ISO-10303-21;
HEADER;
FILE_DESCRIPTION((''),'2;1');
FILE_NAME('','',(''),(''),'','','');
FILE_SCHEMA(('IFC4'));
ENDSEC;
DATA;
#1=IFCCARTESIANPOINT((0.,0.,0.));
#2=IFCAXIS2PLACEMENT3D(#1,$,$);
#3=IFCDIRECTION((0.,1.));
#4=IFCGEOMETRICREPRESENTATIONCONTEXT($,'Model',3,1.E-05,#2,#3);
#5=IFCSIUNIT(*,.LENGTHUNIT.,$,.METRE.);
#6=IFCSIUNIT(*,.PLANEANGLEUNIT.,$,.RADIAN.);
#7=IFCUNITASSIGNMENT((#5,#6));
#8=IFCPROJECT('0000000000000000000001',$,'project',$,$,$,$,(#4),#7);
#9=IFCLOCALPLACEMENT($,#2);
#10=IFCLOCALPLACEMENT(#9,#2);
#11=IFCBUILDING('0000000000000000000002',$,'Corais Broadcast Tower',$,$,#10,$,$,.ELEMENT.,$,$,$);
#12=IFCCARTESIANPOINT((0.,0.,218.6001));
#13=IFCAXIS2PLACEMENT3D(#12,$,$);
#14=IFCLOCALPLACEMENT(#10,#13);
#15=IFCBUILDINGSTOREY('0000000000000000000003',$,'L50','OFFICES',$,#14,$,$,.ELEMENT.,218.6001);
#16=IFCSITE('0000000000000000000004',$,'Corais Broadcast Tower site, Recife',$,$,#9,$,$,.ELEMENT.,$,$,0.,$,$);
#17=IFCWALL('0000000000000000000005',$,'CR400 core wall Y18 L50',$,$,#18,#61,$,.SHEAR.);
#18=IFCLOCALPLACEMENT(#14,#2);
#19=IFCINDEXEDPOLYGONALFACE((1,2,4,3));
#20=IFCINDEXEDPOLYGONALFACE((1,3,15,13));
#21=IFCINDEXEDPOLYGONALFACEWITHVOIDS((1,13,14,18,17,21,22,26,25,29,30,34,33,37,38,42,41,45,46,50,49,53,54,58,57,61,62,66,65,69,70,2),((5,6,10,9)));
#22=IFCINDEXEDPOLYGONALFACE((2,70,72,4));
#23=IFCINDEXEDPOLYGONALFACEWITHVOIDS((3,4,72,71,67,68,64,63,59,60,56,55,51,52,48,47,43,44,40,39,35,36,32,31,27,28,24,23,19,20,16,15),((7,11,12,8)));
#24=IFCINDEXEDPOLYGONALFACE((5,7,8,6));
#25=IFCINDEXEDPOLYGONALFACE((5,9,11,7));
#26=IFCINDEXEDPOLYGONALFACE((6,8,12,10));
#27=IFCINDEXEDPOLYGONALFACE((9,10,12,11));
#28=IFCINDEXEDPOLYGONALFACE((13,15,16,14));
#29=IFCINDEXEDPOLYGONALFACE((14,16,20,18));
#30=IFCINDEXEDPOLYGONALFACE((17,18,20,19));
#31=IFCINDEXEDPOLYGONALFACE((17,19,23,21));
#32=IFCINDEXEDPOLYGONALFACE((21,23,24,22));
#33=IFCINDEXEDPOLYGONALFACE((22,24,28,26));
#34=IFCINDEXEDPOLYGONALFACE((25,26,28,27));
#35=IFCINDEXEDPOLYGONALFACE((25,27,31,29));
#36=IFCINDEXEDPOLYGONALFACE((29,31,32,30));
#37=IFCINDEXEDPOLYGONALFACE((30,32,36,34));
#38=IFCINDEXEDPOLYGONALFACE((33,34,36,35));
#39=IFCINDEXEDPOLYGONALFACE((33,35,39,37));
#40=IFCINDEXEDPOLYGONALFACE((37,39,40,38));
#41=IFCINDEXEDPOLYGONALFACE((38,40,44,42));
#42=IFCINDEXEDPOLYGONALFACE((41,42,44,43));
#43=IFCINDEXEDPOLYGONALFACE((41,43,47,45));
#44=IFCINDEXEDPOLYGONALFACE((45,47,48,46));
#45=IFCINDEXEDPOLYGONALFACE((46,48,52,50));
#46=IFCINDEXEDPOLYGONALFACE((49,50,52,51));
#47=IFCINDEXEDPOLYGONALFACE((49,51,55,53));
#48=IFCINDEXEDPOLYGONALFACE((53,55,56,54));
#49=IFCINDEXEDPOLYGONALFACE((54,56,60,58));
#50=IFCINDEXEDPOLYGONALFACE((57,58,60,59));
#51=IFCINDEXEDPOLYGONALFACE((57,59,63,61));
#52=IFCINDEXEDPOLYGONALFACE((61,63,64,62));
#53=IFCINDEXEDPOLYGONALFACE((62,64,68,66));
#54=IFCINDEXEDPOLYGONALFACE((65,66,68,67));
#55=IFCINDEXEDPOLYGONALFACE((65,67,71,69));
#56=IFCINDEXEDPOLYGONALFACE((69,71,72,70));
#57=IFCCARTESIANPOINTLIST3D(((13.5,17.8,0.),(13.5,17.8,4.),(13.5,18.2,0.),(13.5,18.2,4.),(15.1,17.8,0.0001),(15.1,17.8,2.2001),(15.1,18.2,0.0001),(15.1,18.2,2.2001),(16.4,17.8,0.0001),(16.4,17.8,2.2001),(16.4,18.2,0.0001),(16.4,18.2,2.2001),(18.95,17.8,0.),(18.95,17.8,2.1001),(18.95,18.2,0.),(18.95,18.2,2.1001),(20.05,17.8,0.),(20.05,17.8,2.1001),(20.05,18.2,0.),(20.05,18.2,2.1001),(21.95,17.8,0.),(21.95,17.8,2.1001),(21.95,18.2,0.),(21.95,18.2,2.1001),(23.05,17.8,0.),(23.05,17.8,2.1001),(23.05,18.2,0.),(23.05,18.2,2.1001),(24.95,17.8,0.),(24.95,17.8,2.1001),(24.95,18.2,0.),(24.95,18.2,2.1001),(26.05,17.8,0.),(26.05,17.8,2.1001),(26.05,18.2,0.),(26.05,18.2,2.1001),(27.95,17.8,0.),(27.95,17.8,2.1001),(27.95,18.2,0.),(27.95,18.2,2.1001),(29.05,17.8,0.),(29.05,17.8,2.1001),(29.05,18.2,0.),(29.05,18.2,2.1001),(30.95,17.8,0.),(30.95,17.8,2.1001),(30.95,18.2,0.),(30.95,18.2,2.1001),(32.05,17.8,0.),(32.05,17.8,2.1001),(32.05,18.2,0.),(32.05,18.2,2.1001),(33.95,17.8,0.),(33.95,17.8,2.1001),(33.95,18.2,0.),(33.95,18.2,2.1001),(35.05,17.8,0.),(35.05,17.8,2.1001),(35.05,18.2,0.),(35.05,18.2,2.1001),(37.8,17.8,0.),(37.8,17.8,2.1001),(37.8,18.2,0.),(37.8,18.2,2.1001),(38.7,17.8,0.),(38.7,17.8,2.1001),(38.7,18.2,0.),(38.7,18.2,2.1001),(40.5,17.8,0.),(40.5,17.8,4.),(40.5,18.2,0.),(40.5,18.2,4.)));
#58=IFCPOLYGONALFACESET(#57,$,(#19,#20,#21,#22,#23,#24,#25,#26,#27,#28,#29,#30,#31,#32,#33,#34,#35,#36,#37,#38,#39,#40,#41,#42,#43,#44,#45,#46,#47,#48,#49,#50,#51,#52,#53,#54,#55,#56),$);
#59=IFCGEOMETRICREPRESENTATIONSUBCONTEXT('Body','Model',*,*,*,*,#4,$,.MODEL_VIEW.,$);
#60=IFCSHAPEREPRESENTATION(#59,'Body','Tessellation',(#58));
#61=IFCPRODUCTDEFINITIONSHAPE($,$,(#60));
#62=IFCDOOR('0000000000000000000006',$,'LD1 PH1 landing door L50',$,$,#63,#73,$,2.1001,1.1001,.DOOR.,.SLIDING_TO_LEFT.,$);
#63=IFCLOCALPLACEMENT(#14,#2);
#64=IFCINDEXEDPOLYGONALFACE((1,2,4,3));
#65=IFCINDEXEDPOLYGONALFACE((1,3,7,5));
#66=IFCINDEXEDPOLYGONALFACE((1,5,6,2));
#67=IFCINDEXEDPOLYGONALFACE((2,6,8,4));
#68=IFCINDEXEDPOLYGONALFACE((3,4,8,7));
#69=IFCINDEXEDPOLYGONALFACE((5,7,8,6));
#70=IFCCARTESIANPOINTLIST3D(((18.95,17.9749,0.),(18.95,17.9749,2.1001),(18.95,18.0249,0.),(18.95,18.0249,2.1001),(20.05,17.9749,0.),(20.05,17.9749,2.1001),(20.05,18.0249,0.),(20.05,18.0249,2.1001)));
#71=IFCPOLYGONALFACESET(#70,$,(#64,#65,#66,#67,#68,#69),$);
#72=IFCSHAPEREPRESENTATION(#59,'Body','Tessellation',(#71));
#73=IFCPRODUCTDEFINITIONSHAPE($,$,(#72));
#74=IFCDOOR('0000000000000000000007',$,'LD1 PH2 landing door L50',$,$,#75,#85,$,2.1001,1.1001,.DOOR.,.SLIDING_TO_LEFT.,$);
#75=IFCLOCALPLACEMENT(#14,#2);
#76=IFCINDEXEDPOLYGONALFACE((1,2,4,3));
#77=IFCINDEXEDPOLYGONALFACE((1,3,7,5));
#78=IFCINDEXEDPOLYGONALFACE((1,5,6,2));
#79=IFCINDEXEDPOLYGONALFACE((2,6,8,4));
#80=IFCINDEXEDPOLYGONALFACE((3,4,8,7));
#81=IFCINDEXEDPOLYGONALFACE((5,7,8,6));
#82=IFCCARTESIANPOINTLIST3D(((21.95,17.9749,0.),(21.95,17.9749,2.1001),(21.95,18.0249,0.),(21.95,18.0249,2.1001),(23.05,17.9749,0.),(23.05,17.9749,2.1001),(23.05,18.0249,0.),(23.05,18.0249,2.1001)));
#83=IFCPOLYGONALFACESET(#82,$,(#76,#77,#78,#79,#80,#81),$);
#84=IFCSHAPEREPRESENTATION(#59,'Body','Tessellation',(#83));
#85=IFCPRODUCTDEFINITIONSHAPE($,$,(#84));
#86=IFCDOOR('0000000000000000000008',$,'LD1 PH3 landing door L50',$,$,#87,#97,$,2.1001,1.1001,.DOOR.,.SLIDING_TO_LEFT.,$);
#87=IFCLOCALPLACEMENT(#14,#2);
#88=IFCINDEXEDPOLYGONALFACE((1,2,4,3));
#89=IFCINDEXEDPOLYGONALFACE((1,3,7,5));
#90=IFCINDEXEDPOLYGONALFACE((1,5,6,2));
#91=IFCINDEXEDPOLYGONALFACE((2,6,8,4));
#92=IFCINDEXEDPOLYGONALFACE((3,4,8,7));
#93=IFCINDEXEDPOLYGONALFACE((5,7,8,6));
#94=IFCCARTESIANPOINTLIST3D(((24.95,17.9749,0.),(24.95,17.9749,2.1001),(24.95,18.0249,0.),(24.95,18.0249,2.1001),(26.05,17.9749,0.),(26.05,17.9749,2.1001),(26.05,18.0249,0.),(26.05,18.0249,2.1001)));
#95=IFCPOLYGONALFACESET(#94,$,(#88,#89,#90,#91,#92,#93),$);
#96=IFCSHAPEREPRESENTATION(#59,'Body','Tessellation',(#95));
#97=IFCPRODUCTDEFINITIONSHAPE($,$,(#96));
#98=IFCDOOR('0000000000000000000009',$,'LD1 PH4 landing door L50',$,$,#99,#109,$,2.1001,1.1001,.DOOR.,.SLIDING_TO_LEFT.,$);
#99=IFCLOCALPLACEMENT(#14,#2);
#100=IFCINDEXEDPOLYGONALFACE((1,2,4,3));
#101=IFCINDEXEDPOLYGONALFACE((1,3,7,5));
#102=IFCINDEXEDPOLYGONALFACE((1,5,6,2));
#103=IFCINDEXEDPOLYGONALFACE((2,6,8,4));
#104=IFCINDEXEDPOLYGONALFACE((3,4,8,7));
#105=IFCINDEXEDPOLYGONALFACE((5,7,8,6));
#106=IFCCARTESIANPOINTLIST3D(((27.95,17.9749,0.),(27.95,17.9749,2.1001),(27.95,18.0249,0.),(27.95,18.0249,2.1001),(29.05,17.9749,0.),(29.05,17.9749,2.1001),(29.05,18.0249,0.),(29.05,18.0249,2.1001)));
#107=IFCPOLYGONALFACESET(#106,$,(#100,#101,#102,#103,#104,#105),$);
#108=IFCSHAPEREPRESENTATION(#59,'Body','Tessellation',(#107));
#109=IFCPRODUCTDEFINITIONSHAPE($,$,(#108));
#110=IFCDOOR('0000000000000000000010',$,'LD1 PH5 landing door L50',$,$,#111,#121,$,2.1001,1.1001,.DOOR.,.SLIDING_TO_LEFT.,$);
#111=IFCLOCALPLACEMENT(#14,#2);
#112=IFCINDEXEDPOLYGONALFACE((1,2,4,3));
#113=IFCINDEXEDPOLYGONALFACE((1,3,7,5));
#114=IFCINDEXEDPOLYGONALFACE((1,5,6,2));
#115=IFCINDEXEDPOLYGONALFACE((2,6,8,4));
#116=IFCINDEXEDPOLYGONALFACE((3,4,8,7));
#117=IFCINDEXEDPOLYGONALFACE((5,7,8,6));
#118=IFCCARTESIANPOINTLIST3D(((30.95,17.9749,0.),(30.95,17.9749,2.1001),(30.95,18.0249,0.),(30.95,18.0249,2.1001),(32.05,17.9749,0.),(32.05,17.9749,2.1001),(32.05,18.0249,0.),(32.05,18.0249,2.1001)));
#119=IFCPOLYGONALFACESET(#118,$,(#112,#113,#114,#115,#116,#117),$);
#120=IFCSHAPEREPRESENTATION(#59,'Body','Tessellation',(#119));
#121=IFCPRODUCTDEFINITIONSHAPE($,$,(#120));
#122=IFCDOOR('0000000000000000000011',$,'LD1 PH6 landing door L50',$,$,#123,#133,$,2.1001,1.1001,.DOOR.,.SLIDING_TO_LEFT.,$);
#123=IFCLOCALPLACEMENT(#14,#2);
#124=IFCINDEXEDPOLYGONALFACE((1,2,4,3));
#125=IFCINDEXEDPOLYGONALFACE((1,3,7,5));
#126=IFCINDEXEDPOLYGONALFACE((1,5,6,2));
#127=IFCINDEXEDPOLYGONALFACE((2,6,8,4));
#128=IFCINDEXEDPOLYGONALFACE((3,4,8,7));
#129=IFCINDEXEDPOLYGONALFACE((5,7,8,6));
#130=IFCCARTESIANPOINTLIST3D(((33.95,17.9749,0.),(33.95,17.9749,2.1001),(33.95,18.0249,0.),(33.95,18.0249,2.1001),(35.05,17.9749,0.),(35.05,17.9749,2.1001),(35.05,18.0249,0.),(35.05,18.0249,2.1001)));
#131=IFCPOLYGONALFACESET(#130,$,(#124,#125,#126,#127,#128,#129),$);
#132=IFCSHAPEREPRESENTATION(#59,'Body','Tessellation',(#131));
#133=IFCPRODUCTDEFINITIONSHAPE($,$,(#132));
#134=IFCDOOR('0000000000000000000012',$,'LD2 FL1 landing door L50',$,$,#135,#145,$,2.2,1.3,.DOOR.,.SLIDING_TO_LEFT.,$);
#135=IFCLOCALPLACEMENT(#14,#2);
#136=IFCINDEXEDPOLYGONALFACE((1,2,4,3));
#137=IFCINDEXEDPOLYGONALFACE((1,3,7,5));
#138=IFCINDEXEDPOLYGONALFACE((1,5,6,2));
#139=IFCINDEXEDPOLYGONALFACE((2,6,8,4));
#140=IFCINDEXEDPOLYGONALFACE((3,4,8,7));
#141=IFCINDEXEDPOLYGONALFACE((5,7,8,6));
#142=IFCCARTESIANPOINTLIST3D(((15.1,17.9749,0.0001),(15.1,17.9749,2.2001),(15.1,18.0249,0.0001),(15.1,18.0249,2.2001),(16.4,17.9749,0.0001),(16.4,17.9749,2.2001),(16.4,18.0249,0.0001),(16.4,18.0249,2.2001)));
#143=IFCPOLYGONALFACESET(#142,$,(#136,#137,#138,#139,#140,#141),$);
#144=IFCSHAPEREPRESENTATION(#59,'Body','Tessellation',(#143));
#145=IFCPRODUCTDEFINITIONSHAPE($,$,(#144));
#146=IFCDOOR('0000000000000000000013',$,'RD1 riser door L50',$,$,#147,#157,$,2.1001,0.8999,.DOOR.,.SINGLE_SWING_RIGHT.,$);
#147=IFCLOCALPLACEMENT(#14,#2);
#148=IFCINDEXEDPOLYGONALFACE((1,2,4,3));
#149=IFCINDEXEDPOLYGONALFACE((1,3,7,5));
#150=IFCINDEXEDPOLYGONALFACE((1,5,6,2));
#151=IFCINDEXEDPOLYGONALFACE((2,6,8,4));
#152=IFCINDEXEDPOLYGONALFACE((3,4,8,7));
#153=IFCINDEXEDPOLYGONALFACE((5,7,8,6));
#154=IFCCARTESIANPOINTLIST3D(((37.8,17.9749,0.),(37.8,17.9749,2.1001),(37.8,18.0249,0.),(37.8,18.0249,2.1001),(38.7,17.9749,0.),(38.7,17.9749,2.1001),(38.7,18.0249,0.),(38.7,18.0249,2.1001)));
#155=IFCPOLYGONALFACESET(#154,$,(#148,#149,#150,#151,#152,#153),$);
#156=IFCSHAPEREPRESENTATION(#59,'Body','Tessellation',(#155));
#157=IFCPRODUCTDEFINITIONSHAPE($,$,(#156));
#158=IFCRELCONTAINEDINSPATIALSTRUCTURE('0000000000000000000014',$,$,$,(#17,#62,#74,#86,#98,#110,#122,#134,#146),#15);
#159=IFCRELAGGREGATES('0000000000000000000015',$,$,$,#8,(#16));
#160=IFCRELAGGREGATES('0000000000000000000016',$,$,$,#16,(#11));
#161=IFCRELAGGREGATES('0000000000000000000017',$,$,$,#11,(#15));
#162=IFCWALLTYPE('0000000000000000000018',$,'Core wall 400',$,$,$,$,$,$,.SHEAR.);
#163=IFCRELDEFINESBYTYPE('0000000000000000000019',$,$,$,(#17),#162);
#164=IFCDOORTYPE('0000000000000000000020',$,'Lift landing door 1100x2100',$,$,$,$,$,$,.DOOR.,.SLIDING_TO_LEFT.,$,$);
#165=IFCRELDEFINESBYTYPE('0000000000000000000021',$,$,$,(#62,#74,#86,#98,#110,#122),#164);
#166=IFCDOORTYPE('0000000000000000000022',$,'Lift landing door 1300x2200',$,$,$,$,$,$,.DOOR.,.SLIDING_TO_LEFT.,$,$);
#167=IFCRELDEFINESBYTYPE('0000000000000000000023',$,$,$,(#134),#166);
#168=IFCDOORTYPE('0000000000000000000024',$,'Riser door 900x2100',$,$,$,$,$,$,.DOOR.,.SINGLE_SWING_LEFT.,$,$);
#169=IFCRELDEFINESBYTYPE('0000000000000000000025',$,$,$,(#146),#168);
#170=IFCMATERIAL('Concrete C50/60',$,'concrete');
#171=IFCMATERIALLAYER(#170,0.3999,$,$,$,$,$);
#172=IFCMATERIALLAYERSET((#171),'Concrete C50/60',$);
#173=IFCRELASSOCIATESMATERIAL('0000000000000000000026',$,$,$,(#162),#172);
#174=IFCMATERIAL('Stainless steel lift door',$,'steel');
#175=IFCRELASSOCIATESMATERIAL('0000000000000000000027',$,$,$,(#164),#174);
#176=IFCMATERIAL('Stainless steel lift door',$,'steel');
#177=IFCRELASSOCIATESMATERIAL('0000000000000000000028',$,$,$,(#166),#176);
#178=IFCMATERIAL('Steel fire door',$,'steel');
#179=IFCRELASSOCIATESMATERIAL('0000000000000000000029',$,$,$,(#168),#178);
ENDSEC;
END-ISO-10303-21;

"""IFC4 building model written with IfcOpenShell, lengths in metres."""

from ifc_helpers import new_model, si_unit, direction, frame, frame_2d, origin, place, context, subcontext, project, spatial, rectangle, extrude, material, layer, layer_set, type_object, element, fill, save


model = new_model("IFC4")

# Units and contexts
model_context = context("Model", 3, precision=1e-05, world=origin(), true_north=direction((0.0, 1.0)))
body_context = subcontext(model_context, "Body", "Model", "MODEL_VIEW")
ifc_project = project(units=[si_unit("LENGTHUNIT", "METRE"), si_unit("PLANEANGLEUNIT", "RADIAN")], contexts=[model_context])

# Site, building, storey
site_placement = place(None, origin())
site = spatial("IfcSite", under=ifc_project, at=site_placement, Name="Corais Broadcast Tower site, Recife", CompositionType="ELEMENT", RefElevation=0.0)
building_placement = place(site_placement, origin())
building = spatial("IfcBuilding", under=site, at=building_placement, Name="Corais Broadcast Tower", CompositionType="ELEMENT")
storey_placement = place(building_placement, frame((0.0, 0.0, 218.6001)))
storey = spatial("IfcBuildingStorey", under=building, at=storey_placement, Name="L50", Description="OFFICES", CompositionType="ELEMENT", Elevation=218.6001)

# Shared definitions
ifc_material_1 = material(Name="Concrete C50/60", Category="concrete")
ifc_layer_1 = layer(ifc_material_1, 0.3999)
ifc_layer_set_1 = layer_set([ifc_layer_1], Name="Concrete C50/60")
wall_type_1 = type_object("IfcWallType", Name="Core wall 400", PredefinedType="SHEAR", material=ifc_layer_set_1)

# Wall, openings, doors
wall_1_placement = place(storey_placement, frame((13.5, 18.0, 0.0), z_axis=(0.0, 0.0, 1.0), x_axis=(1.0, 0.0, 0.0)))
wall_1 = element("IfcWall", 1, at=wall_1_placement, inside=storey, type_object=wall_type_1, Name="CR400 core wall Y18 L50", PredefinedType="SHEAR", context=body_context, shape_type="SweptSolid", body=[
    extrude(rectangle(XDim=27.0, YDim=0.3999, at=frame_2d((13.5, 0.0))), origin(), (0.0, 0.0, 1.0), 4.0),
])
opening_1_placement = place(wall_1_placement, frame((24.3, 0.0, 0.0)))
opening_1 = element("IfcOpeningElement", 2, at=opening_1_placement, cuts=wall_1, PredefinedType="OPENING", context=body_context, shape_type="SweptSolid", body=[
    extrude(rectangle(XDim=0.8999, YDim=2.1001, at=frame_2d((0.45, 1.05))), frame((0.0, 0.21, 0.0), z_axis=(0.0, -1.0, 0.0), x_axis=(1.0, 0.0, 0.0)), (0.0, 0.0, 1.0), 0.4199),
])
opening_2_placement = place(wall_1_placement, frame((5.45, 0.0, 0.0)))
opening_2 = element("IfcOpeningElement", 3, at=opening_2_placement, cuts=wall_1, PredefinedType="OPENING", context=body_context, shape_type="SweptSolid", body=[
    extrude(rectangle(XDim=1.1001, YDim=2.1001, at=frame_2d((0.55, 1.05))), frame((0.0, 0.21, 0.0), z_axis=(0.0, -1.0, 0.0), x_axis=(1.0, 0.0, 0.0)), (0.0, 0.0, 1.0), 0.4199),
])
opening_3_placement = place(wall_1_placement, frame((8.45, 0.0, 0.0)))
opening_3 = element("IfcOpeningElement", 4, at=opening_3_placement, cuts=wall_1, PredefinedType="OPENING", context=body_context, shape_type="SweptSolid", body=[
    extrude(rectangle(XDim=1.1001, YDim=2.1001, at=frame_2d((0.55, 1.05))), frame((0.0, 0.21, 0.0), z_axis=(0.0, -1.0, 0.0), x_axis=(1.0, 0.0, 0.0)), (0.0, 0.0, 1.0), 0.4199),
])
opening_4_placement = place(wall_1_placement, frame((11.45, 0.0, 0.0)))
opening_4 = element("IfcOpeningElement", 5, at=opening_4_placement, cuts=wall_1, PredefinedType="OPENING", context=body_context, shape_type="SweptSolid", body=[
    extrude(rectangle(XDim=1.1001, YDim=2.1001, at=frame_2d((0.55, 1.05))), frame((0.0, 0.21, 0.0), z_axis=(0.0, -1.0, 0.0), x_axis=(1.0, 0.0, 0.0)), (0.0, 0.0, 1.0), 0.4199),
])
opening_5_placement = place(wall_1_placement, frame((14.45, 0.0, 0.0)))
opening_5 = element("IfcOpeningElement", 6, at=opening_5_placement, cuts=wall_1, PredefinedType="OPENING", context=body_context, shape_type="SweptSolid", body=[
    extrude(rectangle(XDim=1.1001, YDim=2.1001, at=frame_2d((0.55, 1.05))), frame((0.0, 0.21, 0.0), z_axis=(0.0, -1.0, 0.0), x_axis=(1.0, 0.0, 0.0)), (0.0, 0.0, 1.0), 0.4199),
])
opening_6_placement = place(wall_1_placement, frame((17.45, 0.0, 0.0)))
opening_6 = element("IfcOpeningElement", 7, at=opening_6_placement, cuts=wall_1, PredefinedType="OPENING", context=body_context, shape_type="SweptSolid", body=[
    extrude(rectangle(XDim=1.1001, YDim=2.1001, at=frame_2d((0.55, 1.05))), frame((0.0, 0.21, 0.0), z_axis=(0.0, -1.0, 0.0), x_axis=(1.0, 0.0, 0.0)), (0.0, 0.0, 1.0), 0.4199),
])
opening_7_placement = place(wall_1_placement, frame((20.45, 0.0, 0.0)))
opening_7 = element("IfcOpeningElement", 8, at=opening_7_placement, cuts=wall_1, PredefinedType="OPENING", context=body_context, shape_type="SweptSolid", body=[
    extrude(rectangle(XDim=1.1001, YDim=2.1001, at=frame_2d((0.55, 1.05))), frame((0.0, 0.21, 0.0), z_axis=(0.0, -1.0, 0.0), x_axis=(1.0, 0.0, 0.0)), (0.0, 0.0, 1.0), 0.4199),
])
opening_8_placement = place(wall_1_placement, frame((1.6001, 0.0, 0.0)))
opening_8 = element("IfcOpeningElement", 9, at=opening_8_placement, cuts=wall_1, PredefinedType="OPENING", context=body_context, shape_type="SweptSolid", body=[
    extrude(rectangle(XDim=1.3, YDim=2.2, at=frame_2d((0.6499, 1.1001))), frame((0.0, 0.21, 0.0), z_axis=(0.0, -1.0, 0.0), x_axis=(1.0, 0.0, 0.0)), (0.0, 0.0, 1.0), 0.4199),
])
ifc_material_2 = material(Name="Stainless steel lift door", Category="steel")
door_type_1 = type_object("IfcDoorType", Name="Lift landing door 1100x2100", OperationType="SLIDING_TO_LEFT", PredefinedType="DOOR", material=ifc_material_2)
door_1_placement = place(opening_2_placement, origin())
door_1 = element("IfcDoor", 10, at=door_1_placement, inside=storey, type_object=door_type_1, Name="LD1 PH1 landing door L50", OperationType="SLIDING_TO_LEFT", OverallHeight=2.1001, OverallWidth=1.1001, PredefinedType="DOOR", context=body_context, shape_type="SweptSolid", body=[
    extrude(rectangle(XDim=1.1001, YDim=2.1001, at=frame_2d((0.55, 1.05))), frame((0.0, 0.0249, 0.0), z_axis=(0.0, -1.0, 0.0), x_axis=(1.0, 0.0, 0.0)), (0.0, 0.0, 1.0), 0.05),
])
fill(opening_2, door_1)
door_2_placement = place(opening_3_placement, origin())
door_2 = element("IfcDoor", 11, at=door_2_placement, inside=storey, type_object=door_type_1, Name="LD1 PH2 landing door L50", OperationType="SLIDING_TO_LEFT", OverallHeight=2.1001, OverallWidth=1.1001, PredefinedType="DOOR", context=body_context, shape_type="SweptSolid", body=[
    extrude(rectangle(XDim=1.1001, YDim=2.1001, at=frame_2d((0.55, 1.05))), frame((0.0, 0.0249, 0.0), z_axis=(0.0, -1.0, 0.0), x_axis=(1.0, 0.0, 0.0)), (0.0, 0.0, 1.0), 0.05),
])
fill(opening_3, door_2)
door_3_placement = place(opening_4_placement, origin())
door_3 = element("IfcDoor", 12, at=door_3_placement, inside=storey, type_object=door_type_1, Name="LD1 PH3 landing door L50", OperationType="SLIDING_TO_LEFT", OverallHeight=2.1001, OverallWidth=1.1001, PredefinedType="DOOR", context=body_context, shape_type="SweptSolid", body=[
    extrude(rectangle(XDim=1.1001, YDim=2.1001, at=frame_2d((0.55, 1.05))), frame((0.0, 0.0249, 0.0), z_axis=(0.0, -1.0, 0.0), x_axis=(1.0, 0.0, 0.0)), (0.0, 0.0, 1.0), 0.05),
])
fill(opening_4, door_3)
door_4_placement = place(opening_5_placement, origin())
door_4 = element("IfcDoor", 13, at=door_4_placement, inside=storey, type_object=door_type_1, Name="LD1 PH4 landing door L50", OperationType="SLIDING_TO_LEFT", OverallHeight=2.1001, OverallWidth=1.1001, PredefinedType="DOOR", context=body_context, shape_type="SweptSolid", body=[
    extrude(rectangle(XDim=1.1001, YDim=2.1001, at=frame_2d((0.55, 1.05))), frame((0.0, 0.0249, 0.0), z_axis=(0.0, -1.0, 0.0), x_axis=(1.0, 0.0, 0.0)), (0.0, 0.0, 1.0), 0.05),
])
fill(opening_5, door_4)
door_5_placement = place(opening_6_placement, origin())
door_5 = element("IfcDoor", 14, at=door_5_placement, inside=storey, type_object=door_type_1, Name="LD1 PH5 landing door L50", OperationType="SLIDING_TO_LEFT", OverallHeight=2.1001, OverallWidth=1.1001, PredefinedType="DOOR", context=body_context, shape_type="SweptSolid", body=[
    extrude(rectangle(XDim=1.1001, YDim=2.1001, at=frame_2d((0.55, 1.05))), frame((0.0, 0.0249, 0.0), z_axis=(0.0, -1.0, 0.0), x_axis=(1.0, 0.0, 0.0)), (0.0, 0.0, 1.0), 0.05),
])
fill(opening_6, door_5)
door_6_placement = place(opening_7_placement, origin())
door_6 = element("IfcDoor", 15, at=door_6_placement, inside=storey, type_object=door_type_1, Name="LD1 PH6 landing door L50", OperationType="SLIDING_TO_LEFT", OverallHeight=2.1001, OverallWidth=1.1001, PredefinedType="DOOR", context=body_context, shape_type="SweptSolid", body=[
    extrude(rectangle(XDim=1.1001, YDim=2.1001, at=frame_2d((0.55, 1.05))), frame((0.0, 0.0249, 0.0), z_axis=(0.0, -1.0, 0.0), x_axis=(1.0, 0.0, 0.0)), (0.0, 0.0, 1.0), 0.05),
])
fill(opening_7, door_6)
ifc_material_3 = material(Name="Stainless steel lift door", Category="steel")
door_type_2 = type_object("IfcDoorType", Name="Lift landing door 1300x2200", OperationType="SLIDING_TO_LEFT", PredefinedType="DOOR", material=ifc_material_3)
door_7_placement = place(opening_8_placement, origin())
door_7 = element("IfcDoor", 16, at=door_7_placement, inside=storey, type_object=door_type_2, Name="LD2 FL1 landing door L50", OperationType="SLIDING_TO_LEFT", OverallHeight=2.2, OverallWidth=1.3, PredefinedType="DOOR", context=body_context, shape_type="SweptSolid", body=[
    extrude(rectangle(XDim=1.3, YDim=2.2, at=frame_2d((0.6499, 1.1001))), frame((0.0, 0.0249, 0.0), z_axis=(0.0, -1.0, 0.0), x_axis=(1.0, 0.0, 0.0)), (0.0, 0.0, 1.0), 0.05),
])
fill(opening_8, door_7)
ifc_material_4 = material(Name="Steel fire door", Category="steel")
door_type_3 = type_object("IfcDoorType", Name="Riser door 900x2100", OperationType="SINGLE_SWING_LEFT", PredefinedType="DOOR", material=ifc_material_4)
door_8_placement = place(opening_1_placement, origin())
door_8 = element("IfcDoor", 17, at=door_8_placement, inside=storey, type_object=door_type_3, Name="RD1 riser door L50", OperationType="SINGLE_SWING_RIGHT", OverallHeight=2.1001, OverallWidth=0.8999, PredefinedType="DOOR", context=body_context, shape_type="SweptSolid", body=[
    extrude(rectangle(XDim=0.8999, YDim=2.1001, at=frame_2d((0.45, 1.05))), frame((0.0, 0.0249, 0.0), z_axis=(0.0, -1.0, 0.0), x_axis=(1.0, 0.0, 0.0)), (0.0, 0.0, 1.0), 0.05),
])
fill(opening_1, door_8)

save(model, "model.ifc")
